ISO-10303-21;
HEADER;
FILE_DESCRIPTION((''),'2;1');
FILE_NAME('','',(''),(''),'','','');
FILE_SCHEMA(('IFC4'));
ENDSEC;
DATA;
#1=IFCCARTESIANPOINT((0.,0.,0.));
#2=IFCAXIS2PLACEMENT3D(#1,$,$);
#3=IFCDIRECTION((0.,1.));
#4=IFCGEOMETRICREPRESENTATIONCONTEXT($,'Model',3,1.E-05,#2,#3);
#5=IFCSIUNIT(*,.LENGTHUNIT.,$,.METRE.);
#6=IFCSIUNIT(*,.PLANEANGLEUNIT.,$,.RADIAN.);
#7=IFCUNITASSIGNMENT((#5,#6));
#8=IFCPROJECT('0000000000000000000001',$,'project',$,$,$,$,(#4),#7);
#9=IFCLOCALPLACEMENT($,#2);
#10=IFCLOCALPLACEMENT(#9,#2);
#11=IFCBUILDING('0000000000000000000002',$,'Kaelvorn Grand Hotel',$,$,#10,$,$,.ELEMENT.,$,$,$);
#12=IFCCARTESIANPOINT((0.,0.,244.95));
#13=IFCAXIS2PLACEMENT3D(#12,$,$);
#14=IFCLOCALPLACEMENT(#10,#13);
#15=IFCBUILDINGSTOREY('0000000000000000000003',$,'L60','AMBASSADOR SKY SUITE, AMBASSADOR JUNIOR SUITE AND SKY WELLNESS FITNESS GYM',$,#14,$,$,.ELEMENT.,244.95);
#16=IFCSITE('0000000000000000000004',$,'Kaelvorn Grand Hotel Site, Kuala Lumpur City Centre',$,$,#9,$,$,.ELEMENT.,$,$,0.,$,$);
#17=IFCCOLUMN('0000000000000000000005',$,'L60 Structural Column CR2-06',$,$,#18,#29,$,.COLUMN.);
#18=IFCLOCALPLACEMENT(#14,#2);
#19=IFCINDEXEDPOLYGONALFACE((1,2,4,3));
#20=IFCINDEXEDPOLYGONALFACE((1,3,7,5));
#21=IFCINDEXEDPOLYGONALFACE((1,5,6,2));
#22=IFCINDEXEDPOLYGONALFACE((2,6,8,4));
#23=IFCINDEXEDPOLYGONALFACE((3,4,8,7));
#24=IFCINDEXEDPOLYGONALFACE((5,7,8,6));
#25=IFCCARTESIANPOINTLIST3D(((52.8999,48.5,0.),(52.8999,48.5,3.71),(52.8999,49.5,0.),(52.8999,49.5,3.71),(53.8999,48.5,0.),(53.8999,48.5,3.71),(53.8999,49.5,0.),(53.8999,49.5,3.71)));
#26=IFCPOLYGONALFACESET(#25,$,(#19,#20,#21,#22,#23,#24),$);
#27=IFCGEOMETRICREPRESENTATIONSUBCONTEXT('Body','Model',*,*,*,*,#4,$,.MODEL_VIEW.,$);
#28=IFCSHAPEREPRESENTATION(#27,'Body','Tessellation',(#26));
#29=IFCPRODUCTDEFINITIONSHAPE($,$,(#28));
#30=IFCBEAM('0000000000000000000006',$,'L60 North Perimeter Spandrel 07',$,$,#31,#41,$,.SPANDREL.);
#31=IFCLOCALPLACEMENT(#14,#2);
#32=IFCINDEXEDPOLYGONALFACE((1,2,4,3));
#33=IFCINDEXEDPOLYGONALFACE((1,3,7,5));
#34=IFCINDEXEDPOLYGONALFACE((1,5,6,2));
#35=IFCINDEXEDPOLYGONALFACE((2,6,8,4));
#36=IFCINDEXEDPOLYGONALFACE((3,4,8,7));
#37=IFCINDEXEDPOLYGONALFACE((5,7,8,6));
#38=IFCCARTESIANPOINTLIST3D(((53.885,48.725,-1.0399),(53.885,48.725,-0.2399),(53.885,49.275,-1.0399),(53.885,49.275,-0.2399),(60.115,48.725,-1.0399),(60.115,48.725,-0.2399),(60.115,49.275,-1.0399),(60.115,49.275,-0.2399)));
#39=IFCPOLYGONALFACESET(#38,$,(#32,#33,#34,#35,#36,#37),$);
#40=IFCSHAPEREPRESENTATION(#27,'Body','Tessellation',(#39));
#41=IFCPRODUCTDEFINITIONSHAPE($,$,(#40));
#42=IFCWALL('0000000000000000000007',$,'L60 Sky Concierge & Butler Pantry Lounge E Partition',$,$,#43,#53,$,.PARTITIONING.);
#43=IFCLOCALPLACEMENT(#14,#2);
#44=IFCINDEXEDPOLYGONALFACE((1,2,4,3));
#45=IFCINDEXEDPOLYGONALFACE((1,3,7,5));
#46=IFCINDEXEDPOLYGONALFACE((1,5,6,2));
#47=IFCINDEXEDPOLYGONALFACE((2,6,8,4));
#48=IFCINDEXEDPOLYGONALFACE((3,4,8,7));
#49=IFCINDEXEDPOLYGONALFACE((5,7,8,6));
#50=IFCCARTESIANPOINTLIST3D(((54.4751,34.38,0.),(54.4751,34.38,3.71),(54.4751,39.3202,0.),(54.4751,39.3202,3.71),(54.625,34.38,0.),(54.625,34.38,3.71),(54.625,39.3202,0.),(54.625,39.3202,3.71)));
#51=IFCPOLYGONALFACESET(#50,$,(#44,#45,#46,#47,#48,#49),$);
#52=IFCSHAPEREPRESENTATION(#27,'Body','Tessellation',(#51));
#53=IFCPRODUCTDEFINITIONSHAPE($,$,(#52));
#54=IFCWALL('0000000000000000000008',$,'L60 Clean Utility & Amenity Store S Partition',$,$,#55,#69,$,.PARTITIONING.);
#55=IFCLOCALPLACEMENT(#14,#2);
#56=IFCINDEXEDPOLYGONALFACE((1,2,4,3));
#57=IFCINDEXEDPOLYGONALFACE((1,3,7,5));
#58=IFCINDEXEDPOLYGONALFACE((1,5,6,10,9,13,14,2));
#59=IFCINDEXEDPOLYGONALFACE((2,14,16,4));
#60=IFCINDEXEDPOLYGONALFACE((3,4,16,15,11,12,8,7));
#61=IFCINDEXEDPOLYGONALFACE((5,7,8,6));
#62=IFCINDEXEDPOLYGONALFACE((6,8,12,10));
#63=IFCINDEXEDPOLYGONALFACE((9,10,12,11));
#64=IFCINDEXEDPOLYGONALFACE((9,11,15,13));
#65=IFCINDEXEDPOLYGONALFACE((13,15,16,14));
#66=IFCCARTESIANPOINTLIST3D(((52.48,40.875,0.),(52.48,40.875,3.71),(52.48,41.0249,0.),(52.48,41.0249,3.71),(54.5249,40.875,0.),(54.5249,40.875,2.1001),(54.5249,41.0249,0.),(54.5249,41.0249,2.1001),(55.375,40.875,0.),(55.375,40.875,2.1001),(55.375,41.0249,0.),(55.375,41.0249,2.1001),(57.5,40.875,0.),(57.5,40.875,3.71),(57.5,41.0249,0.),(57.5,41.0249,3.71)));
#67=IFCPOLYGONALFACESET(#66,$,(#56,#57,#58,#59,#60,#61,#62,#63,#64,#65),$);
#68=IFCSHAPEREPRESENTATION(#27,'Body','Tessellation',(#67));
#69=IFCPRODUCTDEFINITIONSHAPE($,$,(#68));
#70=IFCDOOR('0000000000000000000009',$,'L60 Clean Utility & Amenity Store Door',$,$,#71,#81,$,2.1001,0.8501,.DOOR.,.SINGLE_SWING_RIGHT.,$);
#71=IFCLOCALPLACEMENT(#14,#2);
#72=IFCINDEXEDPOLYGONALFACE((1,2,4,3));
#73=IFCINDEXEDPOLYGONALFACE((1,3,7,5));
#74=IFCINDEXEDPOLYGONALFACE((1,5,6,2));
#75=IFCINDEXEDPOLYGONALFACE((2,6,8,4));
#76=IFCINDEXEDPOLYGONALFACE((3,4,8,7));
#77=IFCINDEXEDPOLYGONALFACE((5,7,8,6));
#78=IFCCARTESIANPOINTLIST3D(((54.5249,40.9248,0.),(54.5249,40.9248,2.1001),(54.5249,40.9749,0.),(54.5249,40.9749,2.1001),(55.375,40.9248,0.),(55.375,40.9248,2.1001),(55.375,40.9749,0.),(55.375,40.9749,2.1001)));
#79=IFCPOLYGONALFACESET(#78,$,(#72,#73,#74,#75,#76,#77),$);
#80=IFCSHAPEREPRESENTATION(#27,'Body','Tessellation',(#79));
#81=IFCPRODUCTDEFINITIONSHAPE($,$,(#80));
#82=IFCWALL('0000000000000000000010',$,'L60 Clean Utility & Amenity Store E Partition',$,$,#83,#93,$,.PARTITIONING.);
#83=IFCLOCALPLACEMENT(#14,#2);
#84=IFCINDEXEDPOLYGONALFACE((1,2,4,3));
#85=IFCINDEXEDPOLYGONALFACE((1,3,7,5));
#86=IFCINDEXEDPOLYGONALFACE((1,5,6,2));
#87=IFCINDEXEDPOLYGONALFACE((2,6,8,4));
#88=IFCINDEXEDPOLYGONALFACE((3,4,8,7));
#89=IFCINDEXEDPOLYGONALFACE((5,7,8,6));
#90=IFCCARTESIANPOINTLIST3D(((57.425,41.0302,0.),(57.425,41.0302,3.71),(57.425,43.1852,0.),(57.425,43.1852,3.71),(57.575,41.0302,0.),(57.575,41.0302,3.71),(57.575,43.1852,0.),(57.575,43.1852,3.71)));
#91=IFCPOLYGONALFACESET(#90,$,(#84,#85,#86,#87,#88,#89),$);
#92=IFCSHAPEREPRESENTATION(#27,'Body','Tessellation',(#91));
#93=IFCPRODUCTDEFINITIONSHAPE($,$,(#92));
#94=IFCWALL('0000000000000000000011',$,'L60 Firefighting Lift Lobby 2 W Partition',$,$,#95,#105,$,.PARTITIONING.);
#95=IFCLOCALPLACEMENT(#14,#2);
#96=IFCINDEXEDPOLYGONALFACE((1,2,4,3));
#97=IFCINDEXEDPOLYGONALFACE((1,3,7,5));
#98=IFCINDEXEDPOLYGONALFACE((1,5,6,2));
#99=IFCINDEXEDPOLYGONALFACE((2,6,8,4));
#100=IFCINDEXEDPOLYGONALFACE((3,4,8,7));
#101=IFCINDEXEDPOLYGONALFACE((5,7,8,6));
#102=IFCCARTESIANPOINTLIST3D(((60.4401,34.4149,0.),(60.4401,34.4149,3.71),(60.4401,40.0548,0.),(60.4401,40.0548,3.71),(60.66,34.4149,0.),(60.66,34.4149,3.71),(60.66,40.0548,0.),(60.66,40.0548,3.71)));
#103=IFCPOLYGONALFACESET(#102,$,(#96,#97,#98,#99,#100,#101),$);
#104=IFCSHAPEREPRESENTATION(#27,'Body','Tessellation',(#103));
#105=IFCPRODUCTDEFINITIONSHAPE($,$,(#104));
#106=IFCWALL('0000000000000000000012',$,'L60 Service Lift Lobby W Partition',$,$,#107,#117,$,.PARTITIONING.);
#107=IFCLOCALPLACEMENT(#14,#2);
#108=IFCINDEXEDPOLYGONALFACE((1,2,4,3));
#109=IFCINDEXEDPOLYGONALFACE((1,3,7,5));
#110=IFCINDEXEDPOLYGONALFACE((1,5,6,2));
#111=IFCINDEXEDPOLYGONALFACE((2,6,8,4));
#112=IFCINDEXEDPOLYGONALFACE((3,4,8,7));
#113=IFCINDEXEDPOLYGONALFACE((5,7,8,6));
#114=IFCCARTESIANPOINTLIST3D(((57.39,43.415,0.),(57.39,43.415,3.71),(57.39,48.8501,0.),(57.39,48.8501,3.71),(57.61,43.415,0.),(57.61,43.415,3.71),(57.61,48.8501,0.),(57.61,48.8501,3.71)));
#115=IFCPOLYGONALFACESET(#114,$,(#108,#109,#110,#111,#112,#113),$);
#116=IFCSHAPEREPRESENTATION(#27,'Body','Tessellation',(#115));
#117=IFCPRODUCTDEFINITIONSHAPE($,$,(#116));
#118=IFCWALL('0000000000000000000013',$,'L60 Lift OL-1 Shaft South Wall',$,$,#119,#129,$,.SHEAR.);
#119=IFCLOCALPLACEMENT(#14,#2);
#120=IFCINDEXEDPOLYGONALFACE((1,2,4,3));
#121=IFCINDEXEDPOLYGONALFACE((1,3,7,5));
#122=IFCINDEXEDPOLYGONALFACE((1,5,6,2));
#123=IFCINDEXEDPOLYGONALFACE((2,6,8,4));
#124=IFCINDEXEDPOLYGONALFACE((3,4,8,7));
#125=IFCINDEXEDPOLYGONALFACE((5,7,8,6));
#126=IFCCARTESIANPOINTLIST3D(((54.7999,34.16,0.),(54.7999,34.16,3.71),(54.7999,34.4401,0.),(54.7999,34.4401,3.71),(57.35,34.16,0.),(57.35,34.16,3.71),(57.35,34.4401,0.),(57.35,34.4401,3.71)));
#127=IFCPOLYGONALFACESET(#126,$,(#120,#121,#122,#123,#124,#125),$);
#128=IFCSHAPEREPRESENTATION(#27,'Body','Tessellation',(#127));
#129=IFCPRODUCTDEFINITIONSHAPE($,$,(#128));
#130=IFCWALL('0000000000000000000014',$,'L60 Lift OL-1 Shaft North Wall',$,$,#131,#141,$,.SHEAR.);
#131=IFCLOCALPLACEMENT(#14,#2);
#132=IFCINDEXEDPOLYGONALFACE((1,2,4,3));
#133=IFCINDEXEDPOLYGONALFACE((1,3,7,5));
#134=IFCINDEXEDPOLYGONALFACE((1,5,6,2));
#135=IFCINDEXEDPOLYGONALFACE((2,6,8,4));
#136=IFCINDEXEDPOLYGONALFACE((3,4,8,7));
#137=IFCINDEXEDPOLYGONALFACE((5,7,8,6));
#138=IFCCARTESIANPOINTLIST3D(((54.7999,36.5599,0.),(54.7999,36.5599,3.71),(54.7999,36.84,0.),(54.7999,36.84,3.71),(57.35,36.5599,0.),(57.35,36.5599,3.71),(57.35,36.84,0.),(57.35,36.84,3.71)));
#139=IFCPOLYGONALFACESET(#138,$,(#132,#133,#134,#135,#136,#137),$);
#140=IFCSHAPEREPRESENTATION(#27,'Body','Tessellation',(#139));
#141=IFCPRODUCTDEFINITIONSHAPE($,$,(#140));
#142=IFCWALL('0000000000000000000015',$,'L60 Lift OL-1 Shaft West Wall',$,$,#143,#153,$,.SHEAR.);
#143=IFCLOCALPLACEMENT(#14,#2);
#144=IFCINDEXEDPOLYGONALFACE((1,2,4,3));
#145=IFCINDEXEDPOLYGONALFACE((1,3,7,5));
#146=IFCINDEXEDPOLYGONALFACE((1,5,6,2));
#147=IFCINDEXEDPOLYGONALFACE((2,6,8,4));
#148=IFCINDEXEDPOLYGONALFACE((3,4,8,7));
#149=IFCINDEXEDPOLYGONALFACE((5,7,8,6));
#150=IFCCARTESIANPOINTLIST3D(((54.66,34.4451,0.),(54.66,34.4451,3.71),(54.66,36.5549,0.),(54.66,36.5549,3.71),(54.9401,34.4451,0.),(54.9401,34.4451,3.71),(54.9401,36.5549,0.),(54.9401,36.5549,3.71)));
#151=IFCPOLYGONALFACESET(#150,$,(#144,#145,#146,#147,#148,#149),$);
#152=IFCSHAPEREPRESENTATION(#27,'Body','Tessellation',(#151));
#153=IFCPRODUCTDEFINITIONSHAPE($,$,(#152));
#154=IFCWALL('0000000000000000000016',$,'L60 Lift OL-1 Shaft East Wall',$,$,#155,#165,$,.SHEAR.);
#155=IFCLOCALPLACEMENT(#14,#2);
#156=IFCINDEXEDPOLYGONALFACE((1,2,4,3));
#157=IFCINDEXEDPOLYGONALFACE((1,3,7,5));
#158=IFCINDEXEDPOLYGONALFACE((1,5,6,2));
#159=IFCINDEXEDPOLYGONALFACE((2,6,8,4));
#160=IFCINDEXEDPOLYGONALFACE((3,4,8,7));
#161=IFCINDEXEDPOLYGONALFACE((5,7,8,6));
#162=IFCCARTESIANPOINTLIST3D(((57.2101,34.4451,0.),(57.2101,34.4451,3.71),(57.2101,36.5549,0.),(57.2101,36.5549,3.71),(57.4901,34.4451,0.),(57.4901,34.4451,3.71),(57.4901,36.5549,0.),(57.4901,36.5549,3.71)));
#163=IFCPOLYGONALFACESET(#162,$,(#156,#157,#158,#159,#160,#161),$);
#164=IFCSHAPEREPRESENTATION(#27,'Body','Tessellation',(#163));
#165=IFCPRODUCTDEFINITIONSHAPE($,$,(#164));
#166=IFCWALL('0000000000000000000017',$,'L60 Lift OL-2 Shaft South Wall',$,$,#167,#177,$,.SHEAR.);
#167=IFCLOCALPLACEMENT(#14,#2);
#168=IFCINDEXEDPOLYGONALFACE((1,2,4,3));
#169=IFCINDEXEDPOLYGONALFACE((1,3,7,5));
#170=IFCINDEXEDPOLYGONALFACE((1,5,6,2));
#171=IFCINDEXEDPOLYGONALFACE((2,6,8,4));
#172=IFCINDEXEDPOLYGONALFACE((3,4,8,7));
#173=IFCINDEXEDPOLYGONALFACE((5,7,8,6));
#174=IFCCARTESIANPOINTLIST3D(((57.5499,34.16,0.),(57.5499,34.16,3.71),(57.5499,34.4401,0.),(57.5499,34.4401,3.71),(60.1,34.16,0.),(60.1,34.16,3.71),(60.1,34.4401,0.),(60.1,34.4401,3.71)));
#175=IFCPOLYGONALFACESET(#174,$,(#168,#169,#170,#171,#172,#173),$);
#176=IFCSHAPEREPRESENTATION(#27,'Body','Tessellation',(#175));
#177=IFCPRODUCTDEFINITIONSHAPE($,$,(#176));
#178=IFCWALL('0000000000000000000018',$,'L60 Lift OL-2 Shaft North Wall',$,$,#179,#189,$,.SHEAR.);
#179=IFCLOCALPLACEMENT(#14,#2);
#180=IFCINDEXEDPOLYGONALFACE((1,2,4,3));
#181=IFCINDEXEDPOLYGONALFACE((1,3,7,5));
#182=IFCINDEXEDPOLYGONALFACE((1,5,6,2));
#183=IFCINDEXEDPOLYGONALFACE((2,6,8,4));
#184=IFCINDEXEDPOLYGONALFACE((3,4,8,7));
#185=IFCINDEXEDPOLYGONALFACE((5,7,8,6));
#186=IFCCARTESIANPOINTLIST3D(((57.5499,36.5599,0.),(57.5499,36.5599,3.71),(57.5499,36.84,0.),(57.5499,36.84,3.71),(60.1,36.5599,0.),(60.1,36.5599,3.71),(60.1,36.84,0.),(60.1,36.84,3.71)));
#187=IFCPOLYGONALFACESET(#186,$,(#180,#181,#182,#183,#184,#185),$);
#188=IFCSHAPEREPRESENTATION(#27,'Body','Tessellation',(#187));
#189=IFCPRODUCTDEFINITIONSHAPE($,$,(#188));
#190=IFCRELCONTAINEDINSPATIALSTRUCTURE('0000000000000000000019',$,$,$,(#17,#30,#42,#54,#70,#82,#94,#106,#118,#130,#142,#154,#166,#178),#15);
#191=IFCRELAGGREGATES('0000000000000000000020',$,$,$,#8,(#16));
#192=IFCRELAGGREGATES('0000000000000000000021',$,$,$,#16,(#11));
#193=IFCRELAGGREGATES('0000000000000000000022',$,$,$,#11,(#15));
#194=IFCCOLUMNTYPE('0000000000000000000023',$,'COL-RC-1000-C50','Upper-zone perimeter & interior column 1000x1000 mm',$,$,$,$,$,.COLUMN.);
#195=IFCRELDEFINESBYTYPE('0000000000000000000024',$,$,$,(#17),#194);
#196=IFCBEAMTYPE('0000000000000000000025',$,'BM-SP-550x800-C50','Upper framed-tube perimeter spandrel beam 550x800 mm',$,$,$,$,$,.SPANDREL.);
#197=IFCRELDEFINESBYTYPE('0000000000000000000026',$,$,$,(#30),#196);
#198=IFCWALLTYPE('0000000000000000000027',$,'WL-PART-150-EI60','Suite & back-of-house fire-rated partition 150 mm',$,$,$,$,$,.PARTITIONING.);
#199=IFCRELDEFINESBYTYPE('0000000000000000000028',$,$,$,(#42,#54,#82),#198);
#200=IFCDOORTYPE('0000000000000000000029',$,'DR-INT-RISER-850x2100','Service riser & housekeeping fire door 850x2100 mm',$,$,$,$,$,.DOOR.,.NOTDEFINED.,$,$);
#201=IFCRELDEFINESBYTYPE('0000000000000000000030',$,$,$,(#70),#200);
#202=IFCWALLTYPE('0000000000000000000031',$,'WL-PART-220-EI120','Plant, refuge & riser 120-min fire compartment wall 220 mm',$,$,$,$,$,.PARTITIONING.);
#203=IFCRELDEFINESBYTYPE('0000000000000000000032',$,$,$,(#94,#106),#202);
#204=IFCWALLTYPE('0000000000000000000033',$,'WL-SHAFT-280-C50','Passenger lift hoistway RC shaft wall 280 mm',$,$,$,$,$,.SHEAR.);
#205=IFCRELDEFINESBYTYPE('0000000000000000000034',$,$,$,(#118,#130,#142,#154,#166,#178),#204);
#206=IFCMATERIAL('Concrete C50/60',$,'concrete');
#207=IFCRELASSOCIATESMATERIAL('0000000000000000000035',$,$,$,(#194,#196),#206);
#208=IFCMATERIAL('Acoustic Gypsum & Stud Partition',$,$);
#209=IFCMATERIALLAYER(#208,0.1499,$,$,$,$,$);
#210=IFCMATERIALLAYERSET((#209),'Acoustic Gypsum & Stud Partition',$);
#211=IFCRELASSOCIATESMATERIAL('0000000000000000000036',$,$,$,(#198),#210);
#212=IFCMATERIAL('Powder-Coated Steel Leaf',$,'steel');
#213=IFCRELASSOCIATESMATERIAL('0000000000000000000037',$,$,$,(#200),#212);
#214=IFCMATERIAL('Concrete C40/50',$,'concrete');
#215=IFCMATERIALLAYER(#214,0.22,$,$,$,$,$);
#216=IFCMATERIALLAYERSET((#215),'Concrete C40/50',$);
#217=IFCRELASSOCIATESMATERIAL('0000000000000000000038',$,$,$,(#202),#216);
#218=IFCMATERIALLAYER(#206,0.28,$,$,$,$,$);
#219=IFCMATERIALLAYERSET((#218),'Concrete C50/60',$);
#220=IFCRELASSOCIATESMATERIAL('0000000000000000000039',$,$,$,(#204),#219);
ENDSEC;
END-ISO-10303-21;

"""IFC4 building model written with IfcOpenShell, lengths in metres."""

from ifc_helpers import new_model, si_unit, direction, frame, frame_2d, origin, origin_2d, place, context, subcontext, project, spatial, rectangle, extrude, material, layer, layer_set, material_profile, profile_set, type_object, element, fill, save


model = new_model("IFC4")

# Units and contexts
model_context = context("Model", 3, precision=1e-05, world=origin(), true_north=direction((0.0, 1.0)))
body_context = subcontext(model_context, "Body", "Model", "MODEL_VIEW")
ifc_project = project(units=[si_unit("LENGTHUNIT", "METRE"), si_unit("PLANEANGLEUNIT", "RADIAN")], contexts=[model_context])

# Site, building, storey
site_placement = place(None, origin())
site = spatial("IfcSite", under=ifc_project, at=site_placement, Name="Kaelvorn Grand Hotel Site, Kuala Lumpur City Centre", CompositionType="ELEMENT", RefElevation=0.0)
building_placement = place(site_placement, origin())
building = spatial("IfcBuilding", under=site, at=building_placement, Name="Kaelvorn Grand Hotel", CompositionType="ELEMENT")
storey_placement = place(building_placement, frame((0.0, 0.0, 244.95)))
storey = spatial("IfcBuildingStorey", under=building, at=storey_placement, Name="L60", Description="AMBASSADOR SKY SUITE, AMBASSADOR JUNIOR SUITE AND SKY WELLNESS FITNESS GYM", CompositionType="ELEMENT", Elevation=244.95)

# Column
ifc_material_1 = material(Name="Concrete C50/60", Category="concrete")
ifc_material_profile_1 = material_profile(ifc_material_1, rectangle(XDim=1.0, YDim=1.0, at=origin_2d()), Name="RC COL 1000x1000")
ifc_profile_set_1 = profile_set([ifc_material_profile_1], Name="Concrete C50/60")
column_type = type_object("IfcColumnType", Name="COL-RC-1000-C50", Description="Upper-zone perimeter & interior column 1000x1000 mm", PredefinedType="COLUMN", material=ifc_profile_set_1)
column_placement = place(storey_placement, frame((53.3999, 49.0, 0.0), z_axis=(0.0, 0.0, 1.0), x_axis=(1.0, 0.0, 0.0)))
element("IfcColumn", 1, at=column_placement, inside=storey, type_object=column_type, Name="L60 Structural Column CR2-06", PredefinedType="COLUMN", context=body_context, shape_type="SweptSolid", body=[
    extrude(rectangle(XDim=1.0, YDim=1.0, at=origin_2d()), origin(), (0.0, 0.0, 1.0), 3.71),
])

# Beam
ifc_material_profile_2 = material_profile(ifc_material_1, rectangle(XDim=0.55, YDim=0.8, at=origin_2d()), Name="RC SPANDREL 550x800")
ifc_profile_set_2 = profile_set([ifc_material_profile_2], Name="Concrete C50/60")
beam_type = type_object("IfcBeamType", Name="BM-SP-550x800-C50", Description="Upper framed-tube perimeter spandrel beam 550x800 mm", PredefinedType="SPANDREL", material=ifc_profile_set_2)
beam_placement = place(storey_placement, frame((53.885, 49.0, -0.6399), z_axis=(1.0, 0.0, 0.0), x_axis=(0.0, 1.0, 0.0)))
element("IfcBeam", 2, at=beam_placement, inside=storey, type_object=beam_type, Name="L60 North Perimeter Spandrel 07", PredefinedType="SPANDREL", context=body_context, shape_type="SweptSolid", body=[
    extrude(rectangle(XDim=0.55, YDim=0.8, at=origin_2d()), origin(), (0.0, 0.0, 1.0), 6.23),
])

# Wall
ifc_material_2 = material(Name="Acoustic Gypsum & Stud Partition")
ifc_layer_1 = layer(ifc_material_2, 0.1499)
ifc_layer_set_1 = layer_set([ifc_layer_1], Name="Acoustic Gypsum & Stud Partition")
wall_type_1 = type_object("IfcWallType", Name="WL-PART-150-EI60", Description="Suite & back-of-house fire-rated partition 150 mm", PredefinedType="PARTITIONING", material=ifc_layer_set_1)
wall_1_placement = place(storey_placement, frame((54.55, 34.3799, 0.0), z_axis=(0.0, 0.0, 1.0), x_axis=(0.0, 1.0, 0.0)))
element("IfcWall", 3, at=wall_1_placement, inside=storey, type_object=wall_type_1, Name="L60 Sky Concierge & Butler Pantry Lounge E Partition", PredefinedType="PARTITIONING", context=body_context, shape_type="SweptSolid", body=[
    extrude(rectangle(XDim=4.9402, YDim=0.1499, at=frame_2d((2.4702, 0.0))), origin(), (0.0, 0.0, 1.0), 3.71),
])

# Wall, opening, door
wall_2_placement = place(storey_placement, frame((52.48, 40.95, 0.0), z_axis=(0.0, 0.0, 1.0), x_axis=(1.0, 0.0, 0.0)))
wall_2 = element("IfcWall", 4, at=wall_2_placement, inside=storey, type_object=wall_type_1, Name="L60 Clean Utility & Amenity Store S Partition", PredefinedType="PARTITIONING", context=body_context, shape_type="SweptSolid", body=[
    extrude(rectangle(XDim=5.02, YDim=0.1499, at=frame_2d((2.51, 0.0))), origin(), (0.0, 0.0, 1.0), 3.71),
])
opening_1_placement = place(wall_2_placement, frame((2.0449, 0.0, 0.0)))
opening_1 = element("IfcOpeningElement", 5, at=opening_1_placement, cuts=wall_2, PredefinedType="OPENING", context=body_context, shape_type="SweptSolid", body=[
    extrude(rectangle(XDim=0.8501, YDim=2.1001, at=frame_2d((0.425, 1.05))), frame((0.0, 0.085, 0.0), z_axis=(0.0, -1.0, 0.0), x_axis=(1.0, 0.0, 0.0)), (0.0, 0.0, 1.0), 0.1699),
])
ifc_material_3 = material(Name="Powder-Coated Steel Leaf", Category="steel")
door_type_1 = type_object("IfcDoorType", Name="DR-INT-RISER-850x2100", Description="Service riser & housekeeping fire door 850x2100 mm", OperationType="NOTDEFINED", PredefinedType="DOOR", material=ifc_material_3)
door_1_placement = place(opening_1_placement, origin())
door_1 = element("IfcDoor", 6, at=door_1_placement, inside=storey, type_object=door_type_1, Name="L60 Clean Utility & Amenity Store Door", OperationType="SINGLE_SWING_RIGHT", OverallHeight=2.1001, OverallWidth=0.8501, PredefinedType="DOOR", context=body_context, shape_type="SweptSolid", body=[
    extrude(rectangle(XDim=0.8501, YDim=2.1001, at=frame_2d((0.425, 1.05))), frame((0.0, 0.0249, 0.0), z_axis=(0.0, -1.0, 0.0), x_axis=(1.0, 0.0, 0.0)), (0.0, 0.0, 1.0), 0.05),
])
fill(opening_1, door_1)

# Wall
wall_3_placement = place(storey_placement, frame((57.5, 41.03, 0.0), z_axis=(0.0, 0.0, 1.0), x_axis=(0.0, 1.0, 0.0)))
element("IfcWall", 7, at=wall_3_placement, inside=storey, type_object=wall_type_1, Name="L60 Clean Utility & Amenity Store E Partition", PredefinedType="PARTITIONING", context=body_context, shape_type="SweptSolid", body=[
    extrude(rectangle(XDim=2.155, YDim=0.1499, at=frame_2d((1.0776, 0.0))), origin(), (0.0, 0.0, 1.0), 3.71),
])

# Shared definitions
ifc_material_4 = material(Name="Concrete C40/50", Category="concrete")
ifc_layer_2 = layer(ifc_material_4, 0.22)
ifc_layer_set_2 = layer_set([ifc_layer_2], Name="Concrete C40/50")
wall_type_2 = type_object("IfcWallType", Name="WL-PART-220-EI120", Description="Plant, refuge & riser 120-min fire compartment wall 220 mm", PredefinedType="PARTITIONING", material=ifc_layer_set_2)

# Wall
wall_4_placement = place(storey_placement, frame((60.55, 34.415, 0.0), z_axis=(0.0, 0.0, 1.0), x_axis=(0.0, 1.0, 0.0)))
element("IfcWall", 8, at=wall_4_placement, inside=storey, type_object=wall_type_2, Name="L60 Firefighting Lift Lobby 2 W Partition", PredefinedType="PARTITIONING", context=body_context, shape_type="SweptSolid", body=[
    extrude(rectangle(XDim=5.6399, YDim=0.22, at=frame_2d((2.8198, 0.0))), origin(), (0.0, 0.0, 1.0), 3.71),
])

# Walls
wall_5_placement = place(storey_placement, frame((57.5, 43.415, 0.0), z_axis=(0.0, 0.0, 1.0), x_axis=(0.0, 1.0, 0.0)))
element("IfcWall", 9, at=wall_5_placement, inside=storey, type_object=wall_type_2, Name="L60 Service Lift Lobby W Partition", PredefinedType="PARTITIONING", context=body_context, shape_type="SweptSolid", body=[
    extrude(rectangle(XDim=5.4351, YDim=0.22, at=frame_2d((2.7175, 0.0))), origin(), (0.0, 0.0, 1.0), 3.71),
])
ifc_layer_3 = layer(ifc_material_1, 0.28)
ifc_layer_set_3 = layer_set([ifc_layer_3], Name="Concrete C50/60")
wall_type_3 = type_object("IfcWallType", Name="WL-SHAFT-280-C50", Description="Passenger lift hoistway RC shaft wall 280 mm", PredefinedType="SHEAR", material=ifc_layer_set_3)
for number, where, z_axis, x_axis, name in (
    (10, (54.8, 34.3, 0.0), (0.0, 0.0, 1.0), (1.0, 0.0, 0.0), "L60 Lift OL-1 Shaft South Wall"),
    (11, (54.8, 36.7, 0.0), (0.0, 0.0, 1.0), (1.0, 0.0, 0.0), "L60 Lift OL-1 Shaft North Wall"),
):
    element("IfcWall", number, at=place(storey_placement, frame(where, z_axis=z_axis, x_axis=x_axis)), inside=storey, type_object=wall_type_3, Name=name, PredefinedType="SHEAR", context=body_context, shape_type="SweptSolid", body=[
        extrude(rectangle(XDim=2.55, YDim=0.28, at=frame_2d((1.2749, 0.0))), origin(), (0.0, 0.0, 1.0), 3.71),
    ])
for number, where, z_axis, x_axis, name in (
    (12, (54.8, 34.4451, 0.0), (0.0, 0.0, 1.0), (0.0, 1.0, 0.0), "L60 Lift OL-1 Shaft West Wall"),
    (13, (57.3501, 34.4451, 0.0), (0.0, 0.0, 1.0), (0.0, 1.0, 0.0), "L60 Lift OL-1 Shaft East Wall"),
):
    element("IfcWall", number, at=place(storey_placement, frame(where, z_axis=z_axis, x_axis=x_axis)), inside=storey, type_object=wall_type_3, Name=name, PredefinedType="SHEAR", context=body_context, shape_type="SweptSolid", body=[
        extrude(rectangle(XDim=2.1099, YDim=0.28, at=frame_2d((1.0549, 0.0))), origin(), (0.0, 0.0, 1.0), 3.71),
    ])
for number, where, z_axis, x_axis, name in (
    (14, (57.55, 34.3, 0.0), (0.0, 0.0, 1.0), (1.0, 0.0, 0.0), "L60 Lift OL-2 Shaft South Wall"),
    (15, (57.55, 36.7, 0.0), (0.0, 0.0, 1.0), (1.0, 0.0, 0.0), "L60 Lift OL-2 Shaft North Wall"),
):
    element("IfcWall", number, at=place(storey_placement, frame(where, z_axis=z_axis, x_axis=x_axis)), inside=storey, type_object=wall_type_3, Name=name, PredefinedType="SHEAR", context=body_context, shape_type="SweptSolid", body=[
        extrude(rectangle(XDim=2.55, YDim=0.28, at=frame_2d((1.2749, 0.0))), origin(), (0.0, 0.0, 1.0), 3.71),
    ])

save(model, "model.ifc")
